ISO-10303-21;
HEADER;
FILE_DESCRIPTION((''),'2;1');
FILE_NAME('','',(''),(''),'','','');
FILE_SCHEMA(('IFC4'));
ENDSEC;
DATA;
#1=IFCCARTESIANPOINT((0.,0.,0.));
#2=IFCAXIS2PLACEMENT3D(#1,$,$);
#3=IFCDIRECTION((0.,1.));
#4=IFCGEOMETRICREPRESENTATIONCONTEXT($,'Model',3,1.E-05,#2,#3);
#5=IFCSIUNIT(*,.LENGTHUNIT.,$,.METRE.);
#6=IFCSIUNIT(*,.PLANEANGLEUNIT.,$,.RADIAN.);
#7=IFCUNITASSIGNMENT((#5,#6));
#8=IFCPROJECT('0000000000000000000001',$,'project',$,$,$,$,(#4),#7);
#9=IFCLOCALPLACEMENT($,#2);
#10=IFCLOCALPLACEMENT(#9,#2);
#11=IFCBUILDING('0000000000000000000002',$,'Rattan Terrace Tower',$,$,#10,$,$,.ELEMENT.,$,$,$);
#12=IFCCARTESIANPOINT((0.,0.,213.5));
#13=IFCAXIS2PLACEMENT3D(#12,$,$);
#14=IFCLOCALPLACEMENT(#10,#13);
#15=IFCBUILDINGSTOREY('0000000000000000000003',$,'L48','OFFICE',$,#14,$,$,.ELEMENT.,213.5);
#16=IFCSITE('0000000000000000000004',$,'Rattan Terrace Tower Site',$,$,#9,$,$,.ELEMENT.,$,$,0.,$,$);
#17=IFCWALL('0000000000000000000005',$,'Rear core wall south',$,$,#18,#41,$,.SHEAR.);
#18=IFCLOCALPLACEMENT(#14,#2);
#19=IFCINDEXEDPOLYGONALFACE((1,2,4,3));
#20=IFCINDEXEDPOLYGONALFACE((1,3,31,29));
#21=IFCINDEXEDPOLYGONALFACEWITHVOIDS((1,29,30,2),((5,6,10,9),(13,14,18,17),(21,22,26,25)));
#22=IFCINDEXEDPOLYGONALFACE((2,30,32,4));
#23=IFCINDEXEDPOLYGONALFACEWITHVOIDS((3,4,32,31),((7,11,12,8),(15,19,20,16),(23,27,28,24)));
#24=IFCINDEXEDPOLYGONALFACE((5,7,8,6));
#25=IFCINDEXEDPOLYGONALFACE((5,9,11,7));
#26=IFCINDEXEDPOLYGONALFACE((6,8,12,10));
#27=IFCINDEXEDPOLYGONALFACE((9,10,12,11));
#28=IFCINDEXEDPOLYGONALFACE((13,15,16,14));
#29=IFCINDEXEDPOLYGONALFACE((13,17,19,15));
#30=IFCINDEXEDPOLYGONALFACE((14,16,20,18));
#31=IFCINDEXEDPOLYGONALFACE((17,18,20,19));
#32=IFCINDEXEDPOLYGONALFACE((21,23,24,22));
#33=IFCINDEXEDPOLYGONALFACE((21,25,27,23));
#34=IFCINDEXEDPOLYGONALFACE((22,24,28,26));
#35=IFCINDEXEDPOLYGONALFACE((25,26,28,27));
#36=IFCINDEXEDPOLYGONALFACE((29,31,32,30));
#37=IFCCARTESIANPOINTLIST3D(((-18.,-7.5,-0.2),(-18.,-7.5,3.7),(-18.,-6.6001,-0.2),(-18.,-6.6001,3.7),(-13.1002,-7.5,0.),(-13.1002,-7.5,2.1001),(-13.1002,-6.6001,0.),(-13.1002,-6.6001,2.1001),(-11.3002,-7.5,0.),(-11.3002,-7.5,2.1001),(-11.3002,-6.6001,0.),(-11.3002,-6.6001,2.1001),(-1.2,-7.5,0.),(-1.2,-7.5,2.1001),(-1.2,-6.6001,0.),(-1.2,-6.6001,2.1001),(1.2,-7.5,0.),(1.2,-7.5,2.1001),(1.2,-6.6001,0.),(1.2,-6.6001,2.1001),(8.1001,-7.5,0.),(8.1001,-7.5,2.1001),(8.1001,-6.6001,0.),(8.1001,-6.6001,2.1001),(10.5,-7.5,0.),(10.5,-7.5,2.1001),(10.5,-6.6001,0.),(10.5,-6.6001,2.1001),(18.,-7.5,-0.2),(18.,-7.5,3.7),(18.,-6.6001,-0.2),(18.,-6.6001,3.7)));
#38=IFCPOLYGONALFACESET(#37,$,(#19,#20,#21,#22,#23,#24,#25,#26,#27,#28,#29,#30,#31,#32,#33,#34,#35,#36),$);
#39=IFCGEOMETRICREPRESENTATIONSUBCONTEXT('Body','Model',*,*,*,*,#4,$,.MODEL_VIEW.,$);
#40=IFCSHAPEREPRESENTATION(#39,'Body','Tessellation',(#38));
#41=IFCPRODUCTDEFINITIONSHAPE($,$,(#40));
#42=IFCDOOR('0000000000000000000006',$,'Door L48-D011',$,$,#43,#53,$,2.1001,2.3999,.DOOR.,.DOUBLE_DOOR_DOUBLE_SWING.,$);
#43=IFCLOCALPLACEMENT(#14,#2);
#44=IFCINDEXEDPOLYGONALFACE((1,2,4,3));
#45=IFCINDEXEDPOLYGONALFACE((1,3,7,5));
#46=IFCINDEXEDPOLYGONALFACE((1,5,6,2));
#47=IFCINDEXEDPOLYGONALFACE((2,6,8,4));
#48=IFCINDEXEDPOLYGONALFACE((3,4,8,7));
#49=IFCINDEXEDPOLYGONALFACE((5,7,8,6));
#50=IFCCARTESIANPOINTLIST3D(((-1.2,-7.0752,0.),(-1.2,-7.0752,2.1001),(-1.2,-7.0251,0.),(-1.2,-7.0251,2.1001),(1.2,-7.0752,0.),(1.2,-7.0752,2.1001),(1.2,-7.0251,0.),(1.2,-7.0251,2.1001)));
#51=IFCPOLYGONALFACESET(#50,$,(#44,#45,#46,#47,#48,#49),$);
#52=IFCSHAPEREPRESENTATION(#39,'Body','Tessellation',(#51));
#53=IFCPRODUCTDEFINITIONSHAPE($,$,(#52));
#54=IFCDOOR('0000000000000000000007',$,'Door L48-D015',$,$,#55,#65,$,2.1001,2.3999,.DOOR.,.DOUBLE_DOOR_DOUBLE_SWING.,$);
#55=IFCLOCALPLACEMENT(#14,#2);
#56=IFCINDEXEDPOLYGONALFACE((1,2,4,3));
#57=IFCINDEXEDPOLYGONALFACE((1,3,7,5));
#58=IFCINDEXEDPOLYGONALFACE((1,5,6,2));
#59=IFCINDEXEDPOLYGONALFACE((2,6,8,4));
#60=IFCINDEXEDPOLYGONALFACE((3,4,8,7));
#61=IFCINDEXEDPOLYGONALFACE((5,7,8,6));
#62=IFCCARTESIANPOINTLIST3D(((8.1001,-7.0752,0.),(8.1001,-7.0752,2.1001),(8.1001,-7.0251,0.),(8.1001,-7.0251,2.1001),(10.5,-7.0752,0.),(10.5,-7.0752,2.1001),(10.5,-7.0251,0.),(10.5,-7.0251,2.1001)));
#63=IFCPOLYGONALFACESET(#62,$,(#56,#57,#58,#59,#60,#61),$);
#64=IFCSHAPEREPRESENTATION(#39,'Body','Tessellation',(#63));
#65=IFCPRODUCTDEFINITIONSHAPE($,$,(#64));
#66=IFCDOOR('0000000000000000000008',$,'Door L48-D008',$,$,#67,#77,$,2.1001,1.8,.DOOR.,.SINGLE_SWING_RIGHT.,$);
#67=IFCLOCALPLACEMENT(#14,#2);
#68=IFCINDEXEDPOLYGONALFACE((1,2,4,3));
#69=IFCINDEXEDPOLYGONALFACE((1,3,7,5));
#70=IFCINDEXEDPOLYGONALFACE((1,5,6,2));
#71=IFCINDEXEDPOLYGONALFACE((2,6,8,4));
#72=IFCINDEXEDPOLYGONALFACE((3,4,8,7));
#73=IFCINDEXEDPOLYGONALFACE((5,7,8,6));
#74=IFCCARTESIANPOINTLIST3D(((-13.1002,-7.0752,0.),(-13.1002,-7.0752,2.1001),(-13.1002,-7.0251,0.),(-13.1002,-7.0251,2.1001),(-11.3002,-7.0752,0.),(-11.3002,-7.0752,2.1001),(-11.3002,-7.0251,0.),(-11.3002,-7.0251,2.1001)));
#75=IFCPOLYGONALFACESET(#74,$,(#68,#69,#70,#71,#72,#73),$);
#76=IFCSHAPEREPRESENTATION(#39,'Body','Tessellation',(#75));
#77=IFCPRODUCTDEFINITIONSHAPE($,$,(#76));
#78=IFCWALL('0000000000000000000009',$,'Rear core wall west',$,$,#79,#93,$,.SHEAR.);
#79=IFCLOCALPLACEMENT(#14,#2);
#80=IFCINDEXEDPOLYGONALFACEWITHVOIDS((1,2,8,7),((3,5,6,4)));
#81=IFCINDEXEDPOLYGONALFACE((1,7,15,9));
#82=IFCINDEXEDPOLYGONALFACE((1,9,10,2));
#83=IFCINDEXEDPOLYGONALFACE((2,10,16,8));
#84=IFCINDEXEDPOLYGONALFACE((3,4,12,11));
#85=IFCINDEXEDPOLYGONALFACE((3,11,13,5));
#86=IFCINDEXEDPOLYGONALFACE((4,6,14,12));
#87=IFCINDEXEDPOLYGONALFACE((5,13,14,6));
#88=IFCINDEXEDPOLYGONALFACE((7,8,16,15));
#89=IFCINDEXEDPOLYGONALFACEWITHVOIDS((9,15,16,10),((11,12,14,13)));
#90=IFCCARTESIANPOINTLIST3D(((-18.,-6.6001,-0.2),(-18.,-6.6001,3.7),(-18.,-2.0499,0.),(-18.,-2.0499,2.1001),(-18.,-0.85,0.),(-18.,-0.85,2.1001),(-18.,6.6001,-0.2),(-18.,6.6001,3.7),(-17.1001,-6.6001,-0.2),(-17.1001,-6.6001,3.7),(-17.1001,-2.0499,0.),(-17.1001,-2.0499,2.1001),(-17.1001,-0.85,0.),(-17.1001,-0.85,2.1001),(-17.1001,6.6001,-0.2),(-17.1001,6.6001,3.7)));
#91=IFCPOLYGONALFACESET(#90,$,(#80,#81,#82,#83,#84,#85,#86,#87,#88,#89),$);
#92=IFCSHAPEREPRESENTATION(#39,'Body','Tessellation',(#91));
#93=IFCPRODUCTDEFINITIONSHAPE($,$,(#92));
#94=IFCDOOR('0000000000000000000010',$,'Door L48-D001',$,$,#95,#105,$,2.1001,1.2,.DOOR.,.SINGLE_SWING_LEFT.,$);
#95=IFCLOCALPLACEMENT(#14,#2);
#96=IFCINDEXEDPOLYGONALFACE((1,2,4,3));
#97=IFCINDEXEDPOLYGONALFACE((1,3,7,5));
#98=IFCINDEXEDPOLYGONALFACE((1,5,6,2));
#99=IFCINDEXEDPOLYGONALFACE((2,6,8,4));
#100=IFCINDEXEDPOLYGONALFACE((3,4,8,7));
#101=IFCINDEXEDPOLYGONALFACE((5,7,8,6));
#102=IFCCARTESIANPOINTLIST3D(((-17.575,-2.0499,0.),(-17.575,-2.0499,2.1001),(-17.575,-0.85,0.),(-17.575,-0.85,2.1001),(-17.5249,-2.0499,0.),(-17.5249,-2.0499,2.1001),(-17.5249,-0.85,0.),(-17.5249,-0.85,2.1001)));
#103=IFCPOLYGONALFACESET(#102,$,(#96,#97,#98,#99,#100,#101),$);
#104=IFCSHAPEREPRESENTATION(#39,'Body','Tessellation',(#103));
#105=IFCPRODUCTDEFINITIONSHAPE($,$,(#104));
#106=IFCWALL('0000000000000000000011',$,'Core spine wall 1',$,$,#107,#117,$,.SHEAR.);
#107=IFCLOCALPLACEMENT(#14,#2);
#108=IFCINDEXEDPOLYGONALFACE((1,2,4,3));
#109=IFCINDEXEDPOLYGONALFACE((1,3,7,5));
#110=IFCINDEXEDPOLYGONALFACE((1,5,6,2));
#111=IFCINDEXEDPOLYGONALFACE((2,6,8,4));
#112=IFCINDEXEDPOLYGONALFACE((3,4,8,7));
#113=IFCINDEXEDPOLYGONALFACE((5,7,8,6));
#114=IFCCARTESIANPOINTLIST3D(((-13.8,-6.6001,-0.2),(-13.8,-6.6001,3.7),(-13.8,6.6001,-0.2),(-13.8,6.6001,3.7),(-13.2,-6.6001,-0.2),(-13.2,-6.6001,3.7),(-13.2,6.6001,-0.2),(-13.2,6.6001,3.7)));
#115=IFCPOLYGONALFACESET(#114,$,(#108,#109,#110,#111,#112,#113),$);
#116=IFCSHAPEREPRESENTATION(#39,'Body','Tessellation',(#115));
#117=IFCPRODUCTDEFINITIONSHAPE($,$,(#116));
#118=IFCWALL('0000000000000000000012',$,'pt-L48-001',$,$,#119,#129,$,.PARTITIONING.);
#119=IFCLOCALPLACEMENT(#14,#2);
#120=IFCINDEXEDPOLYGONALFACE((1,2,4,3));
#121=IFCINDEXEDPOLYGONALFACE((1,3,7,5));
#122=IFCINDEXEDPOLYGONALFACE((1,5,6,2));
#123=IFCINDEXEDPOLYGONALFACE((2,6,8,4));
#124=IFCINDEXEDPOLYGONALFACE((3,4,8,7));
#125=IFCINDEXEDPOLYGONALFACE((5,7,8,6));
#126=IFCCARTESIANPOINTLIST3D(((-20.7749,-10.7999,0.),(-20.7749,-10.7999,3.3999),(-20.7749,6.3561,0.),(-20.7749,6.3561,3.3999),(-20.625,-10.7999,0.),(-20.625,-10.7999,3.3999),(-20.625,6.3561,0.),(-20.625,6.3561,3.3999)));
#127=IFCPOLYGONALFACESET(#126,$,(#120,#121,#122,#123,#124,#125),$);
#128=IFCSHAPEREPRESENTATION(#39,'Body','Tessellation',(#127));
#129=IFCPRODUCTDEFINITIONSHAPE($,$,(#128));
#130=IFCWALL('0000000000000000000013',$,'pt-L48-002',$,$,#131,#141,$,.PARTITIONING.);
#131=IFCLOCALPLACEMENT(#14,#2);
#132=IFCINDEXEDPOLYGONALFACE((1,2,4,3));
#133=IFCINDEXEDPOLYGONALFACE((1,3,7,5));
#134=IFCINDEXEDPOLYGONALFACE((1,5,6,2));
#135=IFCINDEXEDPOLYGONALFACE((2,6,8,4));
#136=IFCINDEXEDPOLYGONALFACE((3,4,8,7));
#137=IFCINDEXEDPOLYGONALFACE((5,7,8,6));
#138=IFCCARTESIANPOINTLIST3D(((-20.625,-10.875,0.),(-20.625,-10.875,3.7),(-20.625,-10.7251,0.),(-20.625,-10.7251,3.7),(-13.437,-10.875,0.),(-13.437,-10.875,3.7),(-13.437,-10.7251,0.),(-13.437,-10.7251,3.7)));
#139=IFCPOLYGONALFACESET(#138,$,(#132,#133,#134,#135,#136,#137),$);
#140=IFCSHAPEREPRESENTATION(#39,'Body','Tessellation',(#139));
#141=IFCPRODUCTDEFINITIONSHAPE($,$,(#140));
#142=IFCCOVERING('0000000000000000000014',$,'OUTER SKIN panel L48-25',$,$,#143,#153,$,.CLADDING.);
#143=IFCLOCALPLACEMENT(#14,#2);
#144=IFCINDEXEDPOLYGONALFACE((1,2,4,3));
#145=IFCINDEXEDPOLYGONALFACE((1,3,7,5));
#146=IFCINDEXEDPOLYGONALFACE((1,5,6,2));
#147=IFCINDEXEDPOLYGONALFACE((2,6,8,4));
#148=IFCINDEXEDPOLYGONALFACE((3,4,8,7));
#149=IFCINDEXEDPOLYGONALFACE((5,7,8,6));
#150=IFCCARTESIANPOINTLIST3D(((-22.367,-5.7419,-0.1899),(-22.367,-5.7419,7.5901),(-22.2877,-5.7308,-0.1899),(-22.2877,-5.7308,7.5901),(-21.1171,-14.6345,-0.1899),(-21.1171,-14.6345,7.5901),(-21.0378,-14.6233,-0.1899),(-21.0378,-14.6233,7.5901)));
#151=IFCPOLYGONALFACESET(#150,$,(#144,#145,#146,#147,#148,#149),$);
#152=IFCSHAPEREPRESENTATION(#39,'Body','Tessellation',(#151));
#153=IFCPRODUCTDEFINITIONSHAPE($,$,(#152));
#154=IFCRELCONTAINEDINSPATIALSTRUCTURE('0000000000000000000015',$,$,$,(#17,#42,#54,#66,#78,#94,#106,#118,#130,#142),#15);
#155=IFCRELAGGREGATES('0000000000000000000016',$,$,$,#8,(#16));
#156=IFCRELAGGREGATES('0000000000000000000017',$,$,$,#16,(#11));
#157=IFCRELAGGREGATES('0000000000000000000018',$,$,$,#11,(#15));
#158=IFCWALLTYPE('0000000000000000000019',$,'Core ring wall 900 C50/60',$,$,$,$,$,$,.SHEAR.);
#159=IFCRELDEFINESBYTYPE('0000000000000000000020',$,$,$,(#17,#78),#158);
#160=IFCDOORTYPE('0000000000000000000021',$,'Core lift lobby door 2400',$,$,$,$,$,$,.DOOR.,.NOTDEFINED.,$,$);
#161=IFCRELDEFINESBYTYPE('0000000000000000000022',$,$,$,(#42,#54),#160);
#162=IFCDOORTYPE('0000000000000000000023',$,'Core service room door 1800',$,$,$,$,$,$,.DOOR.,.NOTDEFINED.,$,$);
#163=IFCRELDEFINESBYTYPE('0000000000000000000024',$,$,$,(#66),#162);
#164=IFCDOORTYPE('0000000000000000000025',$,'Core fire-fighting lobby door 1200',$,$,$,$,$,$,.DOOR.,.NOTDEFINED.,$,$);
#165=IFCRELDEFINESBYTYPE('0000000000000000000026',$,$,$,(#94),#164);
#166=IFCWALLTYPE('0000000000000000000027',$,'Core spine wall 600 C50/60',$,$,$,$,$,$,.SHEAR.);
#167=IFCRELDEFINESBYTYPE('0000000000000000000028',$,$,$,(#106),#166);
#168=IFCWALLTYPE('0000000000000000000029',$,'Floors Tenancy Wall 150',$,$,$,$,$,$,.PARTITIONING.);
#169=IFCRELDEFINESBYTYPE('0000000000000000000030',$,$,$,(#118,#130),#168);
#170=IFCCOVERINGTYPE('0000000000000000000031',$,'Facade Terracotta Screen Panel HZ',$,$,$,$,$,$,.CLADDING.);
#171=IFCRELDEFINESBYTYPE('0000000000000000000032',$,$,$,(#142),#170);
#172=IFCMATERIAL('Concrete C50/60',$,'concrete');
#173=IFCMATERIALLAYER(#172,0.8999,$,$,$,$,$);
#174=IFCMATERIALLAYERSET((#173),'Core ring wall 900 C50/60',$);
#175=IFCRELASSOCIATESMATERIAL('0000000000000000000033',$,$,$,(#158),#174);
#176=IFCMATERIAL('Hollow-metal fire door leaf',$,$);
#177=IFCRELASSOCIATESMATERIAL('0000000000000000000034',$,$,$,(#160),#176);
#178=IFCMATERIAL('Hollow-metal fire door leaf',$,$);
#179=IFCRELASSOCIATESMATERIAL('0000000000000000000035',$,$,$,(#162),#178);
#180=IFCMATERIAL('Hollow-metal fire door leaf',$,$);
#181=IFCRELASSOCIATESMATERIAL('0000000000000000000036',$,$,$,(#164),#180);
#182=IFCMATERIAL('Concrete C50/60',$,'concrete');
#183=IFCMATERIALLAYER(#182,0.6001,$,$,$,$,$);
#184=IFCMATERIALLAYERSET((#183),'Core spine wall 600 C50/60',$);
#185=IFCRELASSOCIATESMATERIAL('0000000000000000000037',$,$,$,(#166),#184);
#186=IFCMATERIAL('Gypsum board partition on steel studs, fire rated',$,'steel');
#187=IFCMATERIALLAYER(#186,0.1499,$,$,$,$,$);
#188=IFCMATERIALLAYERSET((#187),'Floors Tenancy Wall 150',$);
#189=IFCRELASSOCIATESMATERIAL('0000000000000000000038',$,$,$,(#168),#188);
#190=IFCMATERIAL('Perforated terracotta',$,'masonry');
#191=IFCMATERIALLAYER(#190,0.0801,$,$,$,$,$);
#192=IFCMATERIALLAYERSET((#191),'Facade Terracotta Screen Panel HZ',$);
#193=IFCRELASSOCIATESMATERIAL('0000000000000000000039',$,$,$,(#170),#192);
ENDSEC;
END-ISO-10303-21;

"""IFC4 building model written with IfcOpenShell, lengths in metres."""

from ifc_helpers import new_model, si_unit, direction, frame, frame_2d, origin, origin_2d, place, context, subcontext, project, spatial, rectangle, extrude, material, layer, layer_set, type_object, element, fill, save


model = new_model("IFC4")

# Units and contexts
model_context = context("Model", 3, precision=1e-05, world=origin(), true_north=direction((0.0, 1.0)))
body_context = subcontext(model_context, "Body", "Model", "MODEL_VIEW")
ifc_project = project(units=[si_unit("LENGTHUNIT", "METRE"), si_unit("PLANEANGLEUNIT", "RADIAN")], contexts=[model_context])

# Site, building, storey
site_placement = place(None, origin())
site = spatial("IfcSite", under=ifc_project, at=site_placement, Name="Rattan Terrace Tower Site", CompositionType="ELEMENT", RefElevation=0.0)
building_placement = place(site_placement, origin())
building = spatial("IfcBuilding", under=site, at=building_placement, Name="Rattan Terrace Tower", CompositionType="ELEMENT")
storey_placement = place(building_placement, frame((0.0, 0.0, 213.5)))
storey = spatial("IfcBuildingStorey", under=building, at=storey_placement, Name="L48", Description="OFFICE", CompositionType="ELEMENT", Elevation=213.5)

# Wall, openings, doors
ifc_material_1 = material(Name="Concrete C50/60", Category="concrete")
ifc_layer_1 = layer(ifc_material_1, 0.8999)
ifc_layer_set_1 = layer_set([ifc_layer_1], Name="Core ring wall 900 C50/60")
wall_type_1 = type_object("IfcWallType", Name="Core ring wall 900 C50/60", PredefinedType="SHEAR", material=ifc_layer_set_1)
wall_1_placement = place(storey_placement, frame((-18.0, -7.05, -0.2), z_axis=(0.0, 0.0, 1.0), x_axis=(1.0, 0.0, 0.0)))
wall_1 = element("IfcWall", 1, at=wall_1_placement, inside=storey, type_object=wall_type_1, Name="Rear core wall south", PredefinedType="SHEAR", context=body_context, shape_type="SweptSolid", body=[
    extrude(rectangle(XDim=36.0, YDim=0.8999, at=frame_2d((18.0, 0.0))), origin(), (0.0, 0.0, 1.0), 3.8999),
])
opening_1_placement = place(wall_1_placement, frame((4.8999, 0.0, 0.2)))
opening_1 = element("IfcOpeningElement", 2, at=opening_1_placement, cuts=wall_1, PredefinedType="OPENING", context=body_context, shape_type="SweptSolid", body=[
    extrude(rectangle(XDim=1.8, YDim=2.1001, at=frame_2d((0.8999, 1.05))), frame((0.0, 0.4604, 0.0), z_axis=(0.0, -1.0, 0.0), x_axis=(1.0, 0.0, 0.0)), (0.0, 0.0, 1.0), 0.9209),
])
opening_2_placement = place(wall_1_placement, frame((16.8, 0.0, 0.2)))
opening_2 = element("IfcOpeningElement", 3, at=opening_2_placement, cuts=wall_1, PredefinedType="OPENING", context=body_context, shape_type="SweptSolid", body=[
    extrude(rectangle(XDim=2.3999, YDim=2.1001, at=frame_2d((1.2, 1.05))), frame((0.0, 0.4604, 0.0), z_axis=(0.0, -1.0, 0.0), x_axis=(1.0, 0.0, 0.0)), (0.0, 0.0, 1.0), 0.9209),
])
opening_3_placement = place(wall_1_placement, frame((26.1001, 0.0, 0.2)))
opening_3 = element("IfcOpeningElement", 4, at=opening_3_placement, cuts=wall_1, PredefinedType="OPENING", context=body_context, shape_type="SweptSolid", body=[
    extrude(rectangle(XDim=2.3999, YDim=2.1001, at=frame_2d((1.2, 1.05))), frame((0.0, 0.4604, 0.0), z_axis=(0.0, -1.0, 0.0), x_axis=(1.0, 0.0, 0.0)), (0.0, 0.0, 1.0), 0.9209),
])
ifc_material_2 = material(Name="Hollow-metal fire door leaf")
door_type_1 = type_object("IfcDoorType", Name="Core lift lobby door 2400", OperationType="NOTDEFINED", PredefinedType="DOOR", material=ifc_material_2)
door_1_placement = place(opening_2_placement, origin())
door_1 = element("IfcDoor", 5, at=door_1_placement, inside=storey, type_object=door_type_1, Name="Door L48-D011", OperationType="DOUBLE_DOOR_DOUBLE_SWING", OverallHeight=2.1001, OverallWidth=2.3999, PredefinedType="DOOR", context=body_context, shape_type="SweptSolid", body=[
    extrude(rectangle(XDim=2.3999, YDim=2.1001, at=frame_2d((1.2, 1.05))), frame((0.0, 0.0249, 0.0), z_axis=(0.0, -1.0, 0.0), x_axis=(1.0, 0.0, 0.0)), (0.0, 0.0, 1.0), 0.05),
])
fill(opening_2, door_1)
door_2_placement = place(opening_3_placement, origin())
door_2 = element("IfcDoor", 6, at=door_2_placement, inside=storey, type_object=door_type_1, Name="Door L48-D015", OperationType="DOUBLE_DOOR_DOUBLE_SWING", OverallHeight=2.1001, OverallWidth=2.3999, PredefinedType="DOOR", context=body_context, shape_type="SweptSolid", body=[
    extrude(rectangle(XDim=2.3999, YDim=2.1001, at=frame_2d((1.2, 1.05))), frame((0.0, 0.0249, 0.0), z_axis=(0.0, -1.0, 0.0), x_axis=(1.0, 0.0, 0.0)), (0.0, 0.0, 1.0), 0.05),
])
fill(opening_3, door_2)
ifc_material_3 = material(Name="Hollow-metal fire door leaf")
door_type_2 = type_object("IfcDoorType", Name="Core service room door 1800", OperationType="NOTDEFINED", PredefinedType="DOOR", material=ifc_material_3)
door_3_placement = place(opening_1_placement, origin())
door_3 = element("IfcDoor", 7, at=door_3_placement, inside=storey, type_object=door_type_2, Name="Door L48-D008", OperationType="SINGLE_SWING_RIGHT", OverallHeight=2.1001, OverallWidth=1.8, PredefinedType="DOOR", context=body_context, shape_type="SweptSolid", body=[
    extrude(rectangle(XDim=1.8, YDim=2.1001, at=frame_2d((0.8999, 1.05))), frame((0.0, 0.0249, 0.0), z_axis=(0.0, -1.0, 0.0), x_axis=(1.0, 0.0, 0.0)), (0.0, 0.0, 1.0), 0.05),
])
fill(opening_1, door_3)

# Wall, opening, door
wall_2_placement = place(storey_placement, frame((-17.55, -6.6001, -0.2), z_axis=(0.0, 0.0, 1.0), x_axis=(0.0, 1.0, 0.0)))
wall_2 = element("IfcWall", 8, at=wall_2_placement, inside=storey, type_object=wall_type_1, Name="Rear core wall west", PredefinedType="SHEAR", context=body_context, shape_type="SweptSolid", body=[
    extrude(rectangle(XDim=13.2002, YDim=0.8999, at=frame_2d((6.6001, 0.0))), origin(), (0.0, 0.0, 1.0), 3.8999),
])
opening_4_placement = place(wall_2_placement, frame((4.55, 0.0, 0.2)))
opening_4 = element("IfcOpeningElement", 9, at=opening_4_placement, cuts=wall_2, PredefinedType="OPENING", context=body_context, shape_type="SweptSolid", body=[
    extrude(rectangle(XDim=1.2, YDim=2.1001, at=frame_2d((0.6001, 1.05))), frame((0.0, 0.4604, 0.0), z_axis=(0.0, -1.0, 0.0), x_axis=(1.0, 0.0, 0.0)), (0.0, 0.0, 1.0), 0.9209),
])
ifc_material_4 = material(Name="Hollow-metal fire door leaf")
door_type_3 = type_object("IfcDoorType", Name="Core fire-fighting lobby door 1200", OperationType="NOTDEFINED", PredefinedType="DOOR", material=ifc_material_4)
door_4_placement = place(opening_4_placement, origin())
door_4 = element("IfcDoor", 10, at=door_4_placement, inside=storey, type_object=door_type_3, Name="Door L48-D001", OperationType="SINGLE_SWING_LEFT", OverallHeight=2.1001, OverallWidth=1.2, PredefinedType="DOOR", context=body_context, shape_type="SweptSolid", body=[
    extrude(rectangle(XDim=1.2, YDim=2.1001, at=frame_2d((0.6001, 1.05))), frame((0.0, 0.0249, 0.0), z_axis=(0.0, -1.0, 0.0), x_axis=(1.0, 0.0, 0.0)), (0.0, 0.0, 1.0), 0.05),
])
fill(opening_4, door_4)

# Walls
ifc_material_5 = material(Name="Concrete C50/60", Category="concrete")
ifc_layer_2 = layer(ifc_material_5, 0.6001)
ifc_layer_set_2 = layer_set([ifc_layer_2], Name="Core spine wall 600 C50/60")
wall_type_2 = type_object("IfcWallType", Name="Core spine wall 600 C50/60", PredefinedType="SHEAR", material=ifc_layer_set_2)
wall_3_placement = place(storey_placement, frame((-13.5, -6.6001, -0.2), z_axis=(0.0, 0.0, 1.0), x_axis=(0.0, 1.0, 0.0)))
element("IfcWall", 11, at=wall_3_placement, inside=storey, type_object=wall_type_2, Name="Core spine wall 1", PredefinedType="SHEAR", context=body_context, shape_type="SweptSolid", body=[
    extrude(rectangle(XDim=13.2002, YDim=0.6001, at=frame_2d((6.6001, 0.0))), origin(), (0.0, 0.0, 1.0), 3.8999),
])
ifc_material_6 = material(Name="Gypsum board partition on steel studs, fire rated", Category="steel")
ifc_layer_3 = layer(ifc_material_6, 0.1499)
ifc_layer_set_3 = layer_set([ifc_layer_3], Name="Floors Tenancy Wall 150")
wall_type_3 = type_object("IfcWallType", Name="Floors Tenancy Wall 150", PredefinedType="PARTITIONING", material=ifc_layer_set_3)
wall_4_placement = place(storey_placement, frame((-20.7, -10.8, 0.0), z_axis=(0.0, 0.0, 1.0), x_axis=(0.0, 1.0, 0.0)))
element("IfcWall", 12, at=wall_4_placement, inside=storey, type_object=wall_type_3, Name="pt-L48-001", PredefinedType="PARTITIONING", context=body_context, shape_type="SweptSolid", body=[
    extrude(rectangle(XDim=17.156, YDim=0.1499, at=frame_2d((8.5781, 0.0))), origin(), (0.0, 0.0, 1.0), 3.3999),
])
wall_5_placement = place(storey_placement, frame((-13.437, -10.8, 0.0), z_axis=(0.0, 0.0, 1.0), x_axis=(-1.0, 0.0, 0.0)))
element("IfcWall", 13, at=wall_5_placement, inside=storey, type_object=wall_type_3, Name="pt-L48-002", PredefinedType="PARTITIONING", context=body_context, shape_type="SweptSolid", body=[
    extrude(rectangle(XDim=7.188, YDim=0.1499, at=frame_2d((3.594, 0.0))), origin(), (0.0, 0.0, 1.0), 3.7),
])

# Covering
ifc_material_7 = material(Name="Perforated terracotta", Category="masonry")
ifc_layer_4 = layer(ifc_material_7, 0.0801)
ifc_layer_set_4 = layer_set([ifc_layer_4], Name="Facade Terracotta Screen Panel HZ")
covering_type = type_object("IfcCoveringType", Name="Facade Terracotta Screen Panel HZ", PredefinedType="CLADDING", material=ifc_layer_set_4)
covering_placement = place(storey_placement, frame((-21.7024, -10.1826, -0.1899), z_axis=(0.0, 0.0, 1.0), x_axis=(0.139186, -0.990266, 0.0)))
element("IfcCovering", 14, at=covering_placement, inside=storey, type_object=covering_type, Name="OUTER SKIN panel L48-25", PredefinedType="CLADDING", context=body_context, shape_type="SweptSolid", body=[
    extrude(rectangle(XDim=8.98, YDim=0.0801, at=origin_2d()), origin(), (0.0, 0.0, 1.0), 7.78),
])

save(model, "model.ifc")
